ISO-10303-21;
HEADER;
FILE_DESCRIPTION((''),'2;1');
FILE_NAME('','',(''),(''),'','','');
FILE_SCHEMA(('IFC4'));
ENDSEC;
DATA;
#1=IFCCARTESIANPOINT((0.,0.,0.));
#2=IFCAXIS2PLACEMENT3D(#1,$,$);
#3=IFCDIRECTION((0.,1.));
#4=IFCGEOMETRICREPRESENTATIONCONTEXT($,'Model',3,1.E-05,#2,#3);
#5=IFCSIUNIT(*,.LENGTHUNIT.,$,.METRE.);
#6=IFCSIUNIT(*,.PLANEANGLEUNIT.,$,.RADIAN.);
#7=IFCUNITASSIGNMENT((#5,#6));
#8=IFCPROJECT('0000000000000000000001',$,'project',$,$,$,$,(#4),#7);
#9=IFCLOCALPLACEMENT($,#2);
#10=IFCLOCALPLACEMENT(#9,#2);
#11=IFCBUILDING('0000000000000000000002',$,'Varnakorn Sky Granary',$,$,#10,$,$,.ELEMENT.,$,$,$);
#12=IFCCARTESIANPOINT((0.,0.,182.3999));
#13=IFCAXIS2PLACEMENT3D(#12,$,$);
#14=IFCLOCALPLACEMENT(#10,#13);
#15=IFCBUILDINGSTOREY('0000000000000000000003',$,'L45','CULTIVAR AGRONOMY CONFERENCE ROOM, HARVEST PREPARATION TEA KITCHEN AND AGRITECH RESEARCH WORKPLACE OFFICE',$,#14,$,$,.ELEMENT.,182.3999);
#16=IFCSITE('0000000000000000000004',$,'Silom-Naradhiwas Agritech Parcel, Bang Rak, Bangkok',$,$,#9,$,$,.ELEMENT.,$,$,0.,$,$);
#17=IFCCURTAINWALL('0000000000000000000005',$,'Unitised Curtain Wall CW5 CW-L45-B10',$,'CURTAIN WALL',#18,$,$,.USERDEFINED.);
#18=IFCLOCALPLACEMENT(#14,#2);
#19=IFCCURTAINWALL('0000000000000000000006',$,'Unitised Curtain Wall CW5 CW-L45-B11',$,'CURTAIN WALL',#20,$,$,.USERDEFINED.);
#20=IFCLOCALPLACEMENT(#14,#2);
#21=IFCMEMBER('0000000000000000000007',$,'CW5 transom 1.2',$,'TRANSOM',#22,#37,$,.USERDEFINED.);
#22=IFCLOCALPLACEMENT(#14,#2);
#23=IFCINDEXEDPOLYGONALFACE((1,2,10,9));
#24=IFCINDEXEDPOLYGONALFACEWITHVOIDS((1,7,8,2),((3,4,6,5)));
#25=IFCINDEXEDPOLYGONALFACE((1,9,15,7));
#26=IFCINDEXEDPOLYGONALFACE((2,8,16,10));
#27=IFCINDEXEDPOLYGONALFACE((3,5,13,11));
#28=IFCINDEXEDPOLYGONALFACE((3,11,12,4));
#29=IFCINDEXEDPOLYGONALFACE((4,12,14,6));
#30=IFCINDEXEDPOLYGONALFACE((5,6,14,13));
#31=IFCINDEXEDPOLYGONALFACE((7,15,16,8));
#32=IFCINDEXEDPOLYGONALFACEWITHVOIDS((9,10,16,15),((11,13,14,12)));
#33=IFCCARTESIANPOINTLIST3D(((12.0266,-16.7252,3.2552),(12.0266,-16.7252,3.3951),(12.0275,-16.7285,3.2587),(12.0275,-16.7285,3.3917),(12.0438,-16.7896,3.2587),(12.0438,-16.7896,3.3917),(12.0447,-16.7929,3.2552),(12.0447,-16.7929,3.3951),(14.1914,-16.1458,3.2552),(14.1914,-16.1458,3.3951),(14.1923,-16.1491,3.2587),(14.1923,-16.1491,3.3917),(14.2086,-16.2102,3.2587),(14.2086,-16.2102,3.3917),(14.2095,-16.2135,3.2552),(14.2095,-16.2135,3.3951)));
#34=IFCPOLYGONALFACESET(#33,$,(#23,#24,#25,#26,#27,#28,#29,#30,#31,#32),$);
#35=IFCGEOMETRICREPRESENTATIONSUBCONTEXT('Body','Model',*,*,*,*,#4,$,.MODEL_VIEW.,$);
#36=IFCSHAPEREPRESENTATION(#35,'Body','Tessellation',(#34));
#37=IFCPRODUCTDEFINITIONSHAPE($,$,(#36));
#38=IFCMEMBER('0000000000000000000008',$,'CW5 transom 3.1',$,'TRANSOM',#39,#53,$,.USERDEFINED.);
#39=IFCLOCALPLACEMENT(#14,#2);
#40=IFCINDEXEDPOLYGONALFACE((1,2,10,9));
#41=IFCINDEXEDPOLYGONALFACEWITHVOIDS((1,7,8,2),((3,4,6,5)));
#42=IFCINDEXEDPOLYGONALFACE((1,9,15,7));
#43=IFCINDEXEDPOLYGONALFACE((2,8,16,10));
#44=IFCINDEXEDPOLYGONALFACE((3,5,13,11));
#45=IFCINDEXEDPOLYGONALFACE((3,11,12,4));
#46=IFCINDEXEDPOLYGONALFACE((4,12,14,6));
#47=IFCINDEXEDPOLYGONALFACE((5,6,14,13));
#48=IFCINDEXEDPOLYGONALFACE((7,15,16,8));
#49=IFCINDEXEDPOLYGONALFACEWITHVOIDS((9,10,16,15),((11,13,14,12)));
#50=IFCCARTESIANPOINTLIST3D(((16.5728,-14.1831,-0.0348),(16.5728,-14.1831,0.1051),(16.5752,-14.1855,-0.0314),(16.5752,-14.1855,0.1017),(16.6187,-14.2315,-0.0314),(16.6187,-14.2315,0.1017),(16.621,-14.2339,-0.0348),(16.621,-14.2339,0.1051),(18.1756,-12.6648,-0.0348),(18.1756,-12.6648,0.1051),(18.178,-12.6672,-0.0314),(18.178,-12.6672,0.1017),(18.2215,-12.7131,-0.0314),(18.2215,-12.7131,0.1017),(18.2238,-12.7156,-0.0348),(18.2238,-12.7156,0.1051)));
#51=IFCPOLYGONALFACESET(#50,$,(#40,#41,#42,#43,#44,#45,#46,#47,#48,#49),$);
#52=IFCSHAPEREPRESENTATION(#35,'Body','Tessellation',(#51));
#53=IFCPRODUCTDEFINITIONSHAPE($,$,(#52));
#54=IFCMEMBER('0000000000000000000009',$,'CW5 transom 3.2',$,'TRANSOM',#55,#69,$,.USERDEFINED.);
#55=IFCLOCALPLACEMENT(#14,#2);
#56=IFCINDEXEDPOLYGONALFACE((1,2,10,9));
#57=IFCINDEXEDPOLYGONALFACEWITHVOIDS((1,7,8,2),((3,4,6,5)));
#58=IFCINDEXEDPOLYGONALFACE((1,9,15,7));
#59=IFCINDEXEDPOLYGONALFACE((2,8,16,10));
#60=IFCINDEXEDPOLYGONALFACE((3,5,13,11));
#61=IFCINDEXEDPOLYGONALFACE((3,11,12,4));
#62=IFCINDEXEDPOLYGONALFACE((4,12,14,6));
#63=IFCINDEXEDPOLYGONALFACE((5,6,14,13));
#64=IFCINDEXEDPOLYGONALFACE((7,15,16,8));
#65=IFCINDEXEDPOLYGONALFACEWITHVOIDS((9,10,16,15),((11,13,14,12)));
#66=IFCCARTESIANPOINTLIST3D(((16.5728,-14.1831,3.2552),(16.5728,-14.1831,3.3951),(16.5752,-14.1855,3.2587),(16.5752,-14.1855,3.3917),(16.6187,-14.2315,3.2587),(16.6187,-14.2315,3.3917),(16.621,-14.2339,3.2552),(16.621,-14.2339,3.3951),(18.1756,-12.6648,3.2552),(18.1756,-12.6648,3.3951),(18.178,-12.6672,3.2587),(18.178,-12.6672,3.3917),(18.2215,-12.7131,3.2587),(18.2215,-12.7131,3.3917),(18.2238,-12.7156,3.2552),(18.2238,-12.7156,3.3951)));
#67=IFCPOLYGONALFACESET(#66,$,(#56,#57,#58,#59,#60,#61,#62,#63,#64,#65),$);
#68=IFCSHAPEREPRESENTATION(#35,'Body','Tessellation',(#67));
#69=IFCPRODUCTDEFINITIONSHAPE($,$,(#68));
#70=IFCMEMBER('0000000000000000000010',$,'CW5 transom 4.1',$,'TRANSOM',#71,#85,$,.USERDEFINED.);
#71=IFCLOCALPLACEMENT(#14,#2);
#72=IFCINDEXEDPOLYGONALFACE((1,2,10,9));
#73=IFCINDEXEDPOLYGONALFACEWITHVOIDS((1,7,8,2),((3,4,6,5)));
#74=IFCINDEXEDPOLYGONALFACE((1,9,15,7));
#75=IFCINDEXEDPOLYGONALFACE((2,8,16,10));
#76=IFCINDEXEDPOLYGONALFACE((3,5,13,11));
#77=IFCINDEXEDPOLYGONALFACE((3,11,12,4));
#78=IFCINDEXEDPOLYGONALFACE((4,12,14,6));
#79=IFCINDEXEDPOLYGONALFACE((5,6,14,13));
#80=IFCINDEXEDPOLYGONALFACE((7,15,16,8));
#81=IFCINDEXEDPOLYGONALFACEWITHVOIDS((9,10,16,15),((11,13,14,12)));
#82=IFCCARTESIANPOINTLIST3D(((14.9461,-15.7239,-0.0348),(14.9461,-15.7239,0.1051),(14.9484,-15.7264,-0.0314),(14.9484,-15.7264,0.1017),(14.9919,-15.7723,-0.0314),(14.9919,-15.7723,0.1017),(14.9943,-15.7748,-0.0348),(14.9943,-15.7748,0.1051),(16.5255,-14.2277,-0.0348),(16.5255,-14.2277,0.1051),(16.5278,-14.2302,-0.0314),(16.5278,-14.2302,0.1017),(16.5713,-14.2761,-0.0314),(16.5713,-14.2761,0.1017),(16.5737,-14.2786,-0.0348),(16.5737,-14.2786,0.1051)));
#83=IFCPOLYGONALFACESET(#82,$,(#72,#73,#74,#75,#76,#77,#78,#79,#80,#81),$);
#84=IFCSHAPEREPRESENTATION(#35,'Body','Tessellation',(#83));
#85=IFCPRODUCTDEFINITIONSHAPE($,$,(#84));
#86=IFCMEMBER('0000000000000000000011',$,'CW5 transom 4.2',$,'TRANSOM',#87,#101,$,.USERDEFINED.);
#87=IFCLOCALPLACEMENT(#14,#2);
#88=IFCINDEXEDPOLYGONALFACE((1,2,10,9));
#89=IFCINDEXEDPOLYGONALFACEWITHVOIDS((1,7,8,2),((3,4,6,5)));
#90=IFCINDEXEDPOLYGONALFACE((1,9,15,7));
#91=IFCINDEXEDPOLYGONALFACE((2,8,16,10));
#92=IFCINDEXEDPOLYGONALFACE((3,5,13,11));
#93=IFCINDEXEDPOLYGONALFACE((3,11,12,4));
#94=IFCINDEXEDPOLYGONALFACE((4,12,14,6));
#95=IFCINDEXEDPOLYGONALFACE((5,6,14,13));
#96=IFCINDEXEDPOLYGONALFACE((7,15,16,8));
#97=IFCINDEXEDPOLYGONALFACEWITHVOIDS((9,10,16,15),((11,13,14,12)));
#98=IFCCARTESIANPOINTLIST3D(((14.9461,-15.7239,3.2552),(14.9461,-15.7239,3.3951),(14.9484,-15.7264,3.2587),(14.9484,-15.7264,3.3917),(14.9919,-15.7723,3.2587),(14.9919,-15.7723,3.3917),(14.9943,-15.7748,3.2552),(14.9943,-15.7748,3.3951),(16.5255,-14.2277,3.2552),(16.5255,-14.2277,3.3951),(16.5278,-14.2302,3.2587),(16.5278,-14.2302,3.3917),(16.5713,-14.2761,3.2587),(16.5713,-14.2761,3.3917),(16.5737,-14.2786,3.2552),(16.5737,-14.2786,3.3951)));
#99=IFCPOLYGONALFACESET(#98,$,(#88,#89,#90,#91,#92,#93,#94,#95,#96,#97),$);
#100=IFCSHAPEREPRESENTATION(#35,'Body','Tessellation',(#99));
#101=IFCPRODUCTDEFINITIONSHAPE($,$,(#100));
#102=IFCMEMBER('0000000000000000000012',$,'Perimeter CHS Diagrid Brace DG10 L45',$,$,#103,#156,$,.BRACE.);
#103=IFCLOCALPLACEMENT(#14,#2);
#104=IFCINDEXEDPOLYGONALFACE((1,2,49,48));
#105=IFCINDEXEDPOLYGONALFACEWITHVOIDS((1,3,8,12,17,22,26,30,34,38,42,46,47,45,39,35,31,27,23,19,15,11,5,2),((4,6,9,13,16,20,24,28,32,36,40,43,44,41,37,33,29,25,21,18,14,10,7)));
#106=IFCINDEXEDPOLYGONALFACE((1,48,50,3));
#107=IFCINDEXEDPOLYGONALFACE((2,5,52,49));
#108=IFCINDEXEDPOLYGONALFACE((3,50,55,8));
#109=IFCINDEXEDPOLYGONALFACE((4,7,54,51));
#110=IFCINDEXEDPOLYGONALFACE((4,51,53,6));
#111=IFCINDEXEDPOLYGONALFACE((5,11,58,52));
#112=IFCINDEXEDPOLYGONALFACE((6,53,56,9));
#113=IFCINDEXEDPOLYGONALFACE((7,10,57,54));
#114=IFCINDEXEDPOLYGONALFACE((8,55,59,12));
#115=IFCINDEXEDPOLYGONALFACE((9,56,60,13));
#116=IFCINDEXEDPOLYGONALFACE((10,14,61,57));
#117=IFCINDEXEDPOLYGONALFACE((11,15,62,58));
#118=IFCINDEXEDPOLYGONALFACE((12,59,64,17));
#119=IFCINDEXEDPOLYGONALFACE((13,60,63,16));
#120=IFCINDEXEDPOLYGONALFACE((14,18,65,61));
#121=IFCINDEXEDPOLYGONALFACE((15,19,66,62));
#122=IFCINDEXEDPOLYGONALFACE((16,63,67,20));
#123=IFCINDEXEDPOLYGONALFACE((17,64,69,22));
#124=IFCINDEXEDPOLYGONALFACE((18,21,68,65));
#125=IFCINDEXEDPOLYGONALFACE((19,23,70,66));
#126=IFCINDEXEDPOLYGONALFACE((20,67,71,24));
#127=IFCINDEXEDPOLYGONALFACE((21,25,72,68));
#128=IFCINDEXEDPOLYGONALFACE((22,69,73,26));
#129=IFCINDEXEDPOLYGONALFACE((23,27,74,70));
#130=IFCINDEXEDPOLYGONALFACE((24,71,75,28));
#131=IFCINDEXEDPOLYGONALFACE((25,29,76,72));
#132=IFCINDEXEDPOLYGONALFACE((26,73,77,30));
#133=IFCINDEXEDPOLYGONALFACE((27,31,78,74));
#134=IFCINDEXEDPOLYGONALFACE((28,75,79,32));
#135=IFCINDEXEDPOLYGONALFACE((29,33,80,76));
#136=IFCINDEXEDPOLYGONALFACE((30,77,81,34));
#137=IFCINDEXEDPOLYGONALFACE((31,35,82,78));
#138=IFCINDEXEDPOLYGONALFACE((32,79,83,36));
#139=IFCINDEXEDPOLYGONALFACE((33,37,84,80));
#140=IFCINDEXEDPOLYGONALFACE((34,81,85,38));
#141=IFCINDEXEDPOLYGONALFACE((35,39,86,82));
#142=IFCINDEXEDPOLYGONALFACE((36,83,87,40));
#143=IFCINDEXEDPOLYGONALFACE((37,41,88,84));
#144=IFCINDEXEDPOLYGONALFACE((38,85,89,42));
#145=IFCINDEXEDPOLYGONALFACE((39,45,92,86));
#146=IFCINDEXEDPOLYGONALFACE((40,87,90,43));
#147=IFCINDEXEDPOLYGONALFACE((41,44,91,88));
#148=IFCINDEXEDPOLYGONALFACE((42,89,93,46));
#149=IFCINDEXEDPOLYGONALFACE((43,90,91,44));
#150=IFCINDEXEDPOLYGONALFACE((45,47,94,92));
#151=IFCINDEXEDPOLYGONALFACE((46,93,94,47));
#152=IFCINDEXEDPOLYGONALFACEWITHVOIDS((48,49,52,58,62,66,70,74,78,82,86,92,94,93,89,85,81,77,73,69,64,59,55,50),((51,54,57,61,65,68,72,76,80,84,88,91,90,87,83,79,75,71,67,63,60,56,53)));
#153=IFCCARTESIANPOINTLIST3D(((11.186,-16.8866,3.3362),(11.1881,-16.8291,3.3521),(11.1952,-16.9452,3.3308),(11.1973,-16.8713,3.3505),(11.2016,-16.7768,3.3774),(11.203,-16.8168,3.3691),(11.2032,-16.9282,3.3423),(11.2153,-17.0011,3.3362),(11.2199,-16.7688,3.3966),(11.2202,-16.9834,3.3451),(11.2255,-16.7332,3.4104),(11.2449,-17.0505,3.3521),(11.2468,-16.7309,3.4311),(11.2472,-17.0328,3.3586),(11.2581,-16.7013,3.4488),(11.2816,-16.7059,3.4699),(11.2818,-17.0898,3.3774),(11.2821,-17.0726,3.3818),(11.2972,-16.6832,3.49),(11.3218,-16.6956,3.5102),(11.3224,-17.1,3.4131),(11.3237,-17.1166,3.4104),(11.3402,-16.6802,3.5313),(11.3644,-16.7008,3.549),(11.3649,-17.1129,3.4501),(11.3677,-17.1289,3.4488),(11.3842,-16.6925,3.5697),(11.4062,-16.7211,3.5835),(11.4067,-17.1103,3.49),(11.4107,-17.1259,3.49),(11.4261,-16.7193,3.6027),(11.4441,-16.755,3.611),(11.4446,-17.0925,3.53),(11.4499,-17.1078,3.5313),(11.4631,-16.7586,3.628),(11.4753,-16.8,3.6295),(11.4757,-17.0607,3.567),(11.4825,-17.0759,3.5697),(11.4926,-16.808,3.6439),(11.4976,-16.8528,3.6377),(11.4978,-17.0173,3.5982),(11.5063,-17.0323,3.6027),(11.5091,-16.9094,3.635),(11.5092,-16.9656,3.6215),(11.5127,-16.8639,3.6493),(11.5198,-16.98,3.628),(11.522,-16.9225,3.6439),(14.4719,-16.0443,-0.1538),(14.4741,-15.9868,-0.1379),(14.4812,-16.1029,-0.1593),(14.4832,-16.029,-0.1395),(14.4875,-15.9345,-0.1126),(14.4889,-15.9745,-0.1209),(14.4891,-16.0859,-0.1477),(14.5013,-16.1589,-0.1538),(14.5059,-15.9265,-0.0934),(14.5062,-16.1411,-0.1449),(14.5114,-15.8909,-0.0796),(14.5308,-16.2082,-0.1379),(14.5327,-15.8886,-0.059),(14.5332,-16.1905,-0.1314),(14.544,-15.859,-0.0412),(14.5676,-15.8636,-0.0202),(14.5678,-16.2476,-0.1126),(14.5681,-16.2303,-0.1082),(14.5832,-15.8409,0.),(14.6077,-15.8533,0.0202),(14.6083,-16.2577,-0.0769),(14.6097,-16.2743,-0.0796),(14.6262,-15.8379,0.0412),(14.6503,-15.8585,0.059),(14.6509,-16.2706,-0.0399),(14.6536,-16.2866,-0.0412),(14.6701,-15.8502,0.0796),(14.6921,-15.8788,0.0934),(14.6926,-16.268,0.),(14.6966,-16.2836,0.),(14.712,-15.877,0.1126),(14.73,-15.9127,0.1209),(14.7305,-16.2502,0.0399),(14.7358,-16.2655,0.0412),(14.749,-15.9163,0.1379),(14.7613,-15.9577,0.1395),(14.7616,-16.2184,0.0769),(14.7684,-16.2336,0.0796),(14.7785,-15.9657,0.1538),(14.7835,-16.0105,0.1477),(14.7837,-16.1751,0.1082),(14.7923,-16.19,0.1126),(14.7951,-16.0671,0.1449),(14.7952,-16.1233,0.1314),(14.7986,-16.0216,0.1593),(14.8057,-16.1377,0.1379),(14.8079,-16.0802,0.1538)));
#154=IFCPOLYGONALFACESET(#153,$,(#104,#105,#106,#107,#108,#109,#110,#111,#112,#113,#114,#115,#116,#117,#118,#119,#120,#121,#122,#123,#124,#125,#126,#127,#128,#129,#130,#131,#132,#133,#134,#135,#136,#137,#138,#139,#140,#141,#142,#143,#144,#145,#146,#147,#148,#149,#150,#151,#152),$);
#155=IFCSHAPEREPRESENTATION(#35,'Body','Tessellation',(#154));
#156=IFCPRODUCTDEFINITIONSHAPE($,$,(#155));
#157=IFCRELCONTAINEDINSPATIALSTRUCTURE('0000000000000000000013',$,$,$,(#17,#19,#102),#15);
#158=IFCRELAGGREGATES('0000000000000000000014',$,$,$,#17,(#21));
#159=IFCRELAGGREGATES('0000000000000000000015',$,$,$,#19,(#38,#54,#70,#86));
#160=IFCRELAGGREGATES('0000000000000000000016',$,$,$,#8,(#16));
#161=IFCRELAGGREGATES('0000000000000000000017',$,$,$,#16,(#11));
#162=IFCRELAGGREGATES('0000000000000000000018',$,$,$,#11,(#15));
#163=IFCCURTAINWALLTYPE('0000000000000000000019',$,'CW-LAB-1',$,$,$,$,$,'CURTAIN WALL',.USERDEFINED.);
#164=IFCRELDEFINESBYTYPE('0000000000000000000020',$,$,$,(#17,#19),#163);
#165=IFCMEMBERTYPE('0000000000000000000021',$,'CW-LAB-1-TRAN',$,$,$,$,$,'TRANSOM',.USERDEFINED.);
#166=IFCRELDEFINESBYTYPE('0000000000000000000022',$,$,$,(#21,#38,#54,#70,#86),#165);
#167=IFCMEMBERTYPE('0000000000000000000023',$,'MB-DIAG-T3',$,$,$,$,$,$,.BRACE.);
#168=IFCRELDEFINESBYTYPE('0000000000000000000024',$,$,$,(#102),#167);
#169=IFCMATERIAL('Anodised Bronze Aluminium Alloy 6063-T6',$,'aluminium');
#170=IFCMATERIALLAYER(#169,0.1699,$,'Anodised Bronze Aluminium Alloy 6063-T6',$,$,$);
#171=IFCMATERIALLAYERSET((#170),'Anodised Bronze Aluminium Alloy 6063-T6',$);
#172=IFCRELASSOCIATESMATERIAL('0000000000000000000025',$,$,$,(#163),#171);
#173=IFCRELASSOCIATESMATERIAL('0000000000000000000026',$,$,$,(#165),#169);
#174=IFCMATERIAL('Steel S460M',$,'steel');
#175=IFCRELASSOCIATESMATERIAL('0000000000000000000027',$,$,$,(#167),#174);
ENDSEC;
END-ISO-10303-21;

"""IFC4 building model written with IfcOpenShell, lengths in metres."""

from ifc_helpers import new_model, si_unit, direction, frame, origin, origin_2d, place, context, subcontext, project, spatial, hollow_rectangle, hollow_circle, extrude, material, layer, layer_set, material_profile, profile_set, type_object, element, aggregate, save


model = new_model("IFC4")

# Units and contexts
model_context = context("Model", 3, precision=1e-05, world=origin(), true_north=direction((0.0, 1.0)))
body_context = subcontext(model_context, "Body", "Model", "MODEL_VIEW")
ifc_project = project(units=[si_unit("LENGTHUNIT", "METRE"), si_unit("PLANEANGLEUNIT", "RADIAN")], contexts=[model_context])

# Site, building, storey
site_placement = place(None, origin())
site = spatial("IfcSite", under=ifc_project, at=site_placement, Name="Silom-Naradhiwas Agritech Parcel, Bang Rak, Bangkok", CompositionType="ELEMENT", RefElevation=0.0)
building_placement = place(site_placement, origin())
building = spatial("IfcBuilding", under=site, at=building_placement, Name="Varnakorn Sky Granary", CompositionType="ELEMENT")
storey_placement = place(building_placement, frame((0.0, 0.0, 182.3999)))
storey = spatial("IfcBuildingStorey", under=building, at=storey_placement, Name="L45", Description="CULTIVAR AGRONOMY CONFERENCE ROOM, HARVEST PREPARATION TEA KITCHEN AND AGRITECH RESEARCH WORKPLACE OFFICE", CompositionType="ELEMENT", Elevation=182.3999)

# Shared definitions
ifc_material_1 = material(Name="Steel S460M", Category="steel")

# Curtain wall
ifc_material_2 = material(Name="Anodised Bronze Aluminium Alloy 6063-T6", Category="aluminium")
ifc_layer_1 = layer(ifc_material_2, 0.1699, Name="Anodised Bronze Aluminium Alloy 6063-T6")
ifc_layer_set_1 = layer_set([ifc_layer_1], Name="Anodised Bronze Aluminium Alloy 6063-T6")
curtain_wall_type = type_object("IfcCurtainWallType", Name="CW-LAB-1", ElementType="CURTAIN WALL", PredefinedType="USERDEFINED", material=ifc_layer_set_1)
curtain_wall_1_placement = place(storey_placement, origin())
curtain_wall_1 = element("IfcCurtainWall", 1, at=curtain_wall_1_placement, inside=storey, type_object=curtain_wall_type, Name="Unitised Curtain Wall CW5 CW-L45-B10", ObjectType="CURTAIN WALL", PredefinedType="USERDEFINED")

# Curtain wall
curtain_wall_2_placement = place(storey_placement, origin())
curtain_wall_2 = element("IfcCurtainWall", 2, at=curtain_wall_2_placement, inside=storey, type_object=curtain_wall_type, Name="Unitised Curtain Wall CW5 CW-L45-B11", ObjectType="CURTAIN WALL", PredefinedType="USERDEFINED")

# Members
ifc_material_profile_1 = material_profile(ifc_material_2, hollow_rectangle(XDim=0.0701, YDim=0.1399, WallThickness=0.0034, at=origin_2d()), Name="ALU TRAN 70x140")
ifc_profile_set_1 = profile_set([ifc_material_profile_1], Name="Anodised Bronze Aluminium Alloy 6063-T6")
member_type_1 = type_object("IfcMemberType", Name="CW-LAB-1-TRAN", ElementType="TRANSOM", PredefinedType="USERDEFINED", material=ifc_profile_set_1)
member_1_placement = place(storey_placement, frame((14.2004, -16.1797, 3.3252), z_axis=(-0.966005, -0.258524, 0.0), x_axis=(0.258524, -0.966005, 0.0)))
member_1 = element("IfcMember", 3, at=member_1_placement, type_object=member_type_1, Name="CW5 transom 1.2", ObjectType="TRANSOM", PredefinedType="USERDEFINED", context=body_context, shape_type="SweptSolid", body=[
    extrude(hollow_rectangle(XDim=0.0701, YDim=0.1399, WallThickness=0.0034, at=origin_2d()), origin(), (0.0, 0.0, 1.0), 2.241),
])
aggregate(curtain_wall_1, [member_1])
member_2_placement = place(storey_placement, frame((18.1997, -12.6902, 0.0352), z_axis=(-0.725979, -0.687717, 0.0), x_axis=(0.687717, -0.725979, 0.0)))
member_2 = element("IfcMember", 4, at=member_2_placement, type_object=member_type_1, Name="CW5 transom 3.1", ObjectType="TRANSOM", PredefinedType="USERDEFINED", context=body_context, shape_type="SweptSolid", body=[
    extrude(hollow_rectangle(XDim=0.0701, YDim=0.1399, WallThickness=0.0034, at=origin_2d()), origin(), (0.0, 0.0, 1.0), 2.2078),
])
member_3_placement = place(storey_placement, frame((18.1997, -12.6902, 3.3252), z_axis=(-0.725979, -0.687717, 0.0), x_axis=(0.687717, -0.725979, 0.0)))
member_3 = element("IfcMember", 5, at=member_3_placement, type_object=member_type_1, Name="CW5 transom 3.2", ObjectType="TRANSOM", PredefinedType="USERDEFINED", context=body_context, shape_type="SweptSolid", body=[
    extrude(hollow_rectangle(XDim=0.0701, YDim=0.1399, WallThickness=0.0034, at=origin_2d()), origin(), (0.0, 0.0, 1.0), 2.2078),
])
member_4_placement = place(storey_placement, frame((16.5496, -14.2532, 0.0352), z_axis=(-0.725982, -0.687714, 0.0), x_axis=(0.687714, -0.725982, 0.0)))
member_4 = element("IfcMember", 6, at=member_4_placement, type_object=member_type_1, Name="CW5 transom 4.1", ObjectType="TRANSOM", PredefinedType="USERDEFINED", context=body_context, shape_type="SweptSolid", body=[
    extrude(hollow_rectangle(XDim=0.0701, YDim=0.1399, WallThickness=0.0034, at=origin_2d()), origin(), (0.0, 0.0, 1.0), 2.1755),
])
member_5_placement = place(storey_placement, frame((16.5496, -14.2532, 3.3252), z_axis=(-0.725982, -0.687714, 0.0), x_axis=(0.687714, -0.725982, 0.0)))
member_5 = element("IfcMember", 7, at=member_5_placement, type_object=member_type_1, Name="CW5 transom 4.2", ObjectType="TRANSOM", PredefinedType="USERDEFINED", context=body_context, shape_type="SweptSolid", body=[
    extrude(hollow_rectangle(XDim=0.0701, YDim=0.1399, WallThickness=0.0034, at=origin_2d()), origin(), (0.0, 0.0, 1.0), 2.1755),
])

# Member
ifc_material_profile_2 = material_profile(ifc_material_1, hollow_circle(Radius=0.2285, WallThickness=0.0161, at=origin_2d()), Name="CHS 457x16")
ifc_profile_set_2 = profile_set([ifc_material_profile_2], Name="Steel S460M")
member_type_2 = type_object("IfcMemberType", Name="MB-DIAG-T3", PredefinedType="BRACE", material=ifc_profile_set_2)
member_6_placement = place(storey_placement, frame((14.6399, -16.0623, 0.0), z_axis=(-0.675153, -0.173065, 0.71709), x_axis=(0.248306, -0.968682, 0.0)))
element("IfcMember", 8, at=member_6_placement, inside=storey, type_object=member_type_2, Name="Perimeter CHS Diagrid Brace DG10 L45", PredefinedType="BRACE", context=body_context, shape_type="SweptSolid", body=[
    extrude(hollow_circle(Radius=0.2285, WallThickness=0.0161, at=origin_2d()), origin(), (0.0, 0.0, 1.0), 4.8669),
])

aggregate(curtain_wall_2, [member_2, member_3, member_4, member_5])

save(model, "model.ifc")
